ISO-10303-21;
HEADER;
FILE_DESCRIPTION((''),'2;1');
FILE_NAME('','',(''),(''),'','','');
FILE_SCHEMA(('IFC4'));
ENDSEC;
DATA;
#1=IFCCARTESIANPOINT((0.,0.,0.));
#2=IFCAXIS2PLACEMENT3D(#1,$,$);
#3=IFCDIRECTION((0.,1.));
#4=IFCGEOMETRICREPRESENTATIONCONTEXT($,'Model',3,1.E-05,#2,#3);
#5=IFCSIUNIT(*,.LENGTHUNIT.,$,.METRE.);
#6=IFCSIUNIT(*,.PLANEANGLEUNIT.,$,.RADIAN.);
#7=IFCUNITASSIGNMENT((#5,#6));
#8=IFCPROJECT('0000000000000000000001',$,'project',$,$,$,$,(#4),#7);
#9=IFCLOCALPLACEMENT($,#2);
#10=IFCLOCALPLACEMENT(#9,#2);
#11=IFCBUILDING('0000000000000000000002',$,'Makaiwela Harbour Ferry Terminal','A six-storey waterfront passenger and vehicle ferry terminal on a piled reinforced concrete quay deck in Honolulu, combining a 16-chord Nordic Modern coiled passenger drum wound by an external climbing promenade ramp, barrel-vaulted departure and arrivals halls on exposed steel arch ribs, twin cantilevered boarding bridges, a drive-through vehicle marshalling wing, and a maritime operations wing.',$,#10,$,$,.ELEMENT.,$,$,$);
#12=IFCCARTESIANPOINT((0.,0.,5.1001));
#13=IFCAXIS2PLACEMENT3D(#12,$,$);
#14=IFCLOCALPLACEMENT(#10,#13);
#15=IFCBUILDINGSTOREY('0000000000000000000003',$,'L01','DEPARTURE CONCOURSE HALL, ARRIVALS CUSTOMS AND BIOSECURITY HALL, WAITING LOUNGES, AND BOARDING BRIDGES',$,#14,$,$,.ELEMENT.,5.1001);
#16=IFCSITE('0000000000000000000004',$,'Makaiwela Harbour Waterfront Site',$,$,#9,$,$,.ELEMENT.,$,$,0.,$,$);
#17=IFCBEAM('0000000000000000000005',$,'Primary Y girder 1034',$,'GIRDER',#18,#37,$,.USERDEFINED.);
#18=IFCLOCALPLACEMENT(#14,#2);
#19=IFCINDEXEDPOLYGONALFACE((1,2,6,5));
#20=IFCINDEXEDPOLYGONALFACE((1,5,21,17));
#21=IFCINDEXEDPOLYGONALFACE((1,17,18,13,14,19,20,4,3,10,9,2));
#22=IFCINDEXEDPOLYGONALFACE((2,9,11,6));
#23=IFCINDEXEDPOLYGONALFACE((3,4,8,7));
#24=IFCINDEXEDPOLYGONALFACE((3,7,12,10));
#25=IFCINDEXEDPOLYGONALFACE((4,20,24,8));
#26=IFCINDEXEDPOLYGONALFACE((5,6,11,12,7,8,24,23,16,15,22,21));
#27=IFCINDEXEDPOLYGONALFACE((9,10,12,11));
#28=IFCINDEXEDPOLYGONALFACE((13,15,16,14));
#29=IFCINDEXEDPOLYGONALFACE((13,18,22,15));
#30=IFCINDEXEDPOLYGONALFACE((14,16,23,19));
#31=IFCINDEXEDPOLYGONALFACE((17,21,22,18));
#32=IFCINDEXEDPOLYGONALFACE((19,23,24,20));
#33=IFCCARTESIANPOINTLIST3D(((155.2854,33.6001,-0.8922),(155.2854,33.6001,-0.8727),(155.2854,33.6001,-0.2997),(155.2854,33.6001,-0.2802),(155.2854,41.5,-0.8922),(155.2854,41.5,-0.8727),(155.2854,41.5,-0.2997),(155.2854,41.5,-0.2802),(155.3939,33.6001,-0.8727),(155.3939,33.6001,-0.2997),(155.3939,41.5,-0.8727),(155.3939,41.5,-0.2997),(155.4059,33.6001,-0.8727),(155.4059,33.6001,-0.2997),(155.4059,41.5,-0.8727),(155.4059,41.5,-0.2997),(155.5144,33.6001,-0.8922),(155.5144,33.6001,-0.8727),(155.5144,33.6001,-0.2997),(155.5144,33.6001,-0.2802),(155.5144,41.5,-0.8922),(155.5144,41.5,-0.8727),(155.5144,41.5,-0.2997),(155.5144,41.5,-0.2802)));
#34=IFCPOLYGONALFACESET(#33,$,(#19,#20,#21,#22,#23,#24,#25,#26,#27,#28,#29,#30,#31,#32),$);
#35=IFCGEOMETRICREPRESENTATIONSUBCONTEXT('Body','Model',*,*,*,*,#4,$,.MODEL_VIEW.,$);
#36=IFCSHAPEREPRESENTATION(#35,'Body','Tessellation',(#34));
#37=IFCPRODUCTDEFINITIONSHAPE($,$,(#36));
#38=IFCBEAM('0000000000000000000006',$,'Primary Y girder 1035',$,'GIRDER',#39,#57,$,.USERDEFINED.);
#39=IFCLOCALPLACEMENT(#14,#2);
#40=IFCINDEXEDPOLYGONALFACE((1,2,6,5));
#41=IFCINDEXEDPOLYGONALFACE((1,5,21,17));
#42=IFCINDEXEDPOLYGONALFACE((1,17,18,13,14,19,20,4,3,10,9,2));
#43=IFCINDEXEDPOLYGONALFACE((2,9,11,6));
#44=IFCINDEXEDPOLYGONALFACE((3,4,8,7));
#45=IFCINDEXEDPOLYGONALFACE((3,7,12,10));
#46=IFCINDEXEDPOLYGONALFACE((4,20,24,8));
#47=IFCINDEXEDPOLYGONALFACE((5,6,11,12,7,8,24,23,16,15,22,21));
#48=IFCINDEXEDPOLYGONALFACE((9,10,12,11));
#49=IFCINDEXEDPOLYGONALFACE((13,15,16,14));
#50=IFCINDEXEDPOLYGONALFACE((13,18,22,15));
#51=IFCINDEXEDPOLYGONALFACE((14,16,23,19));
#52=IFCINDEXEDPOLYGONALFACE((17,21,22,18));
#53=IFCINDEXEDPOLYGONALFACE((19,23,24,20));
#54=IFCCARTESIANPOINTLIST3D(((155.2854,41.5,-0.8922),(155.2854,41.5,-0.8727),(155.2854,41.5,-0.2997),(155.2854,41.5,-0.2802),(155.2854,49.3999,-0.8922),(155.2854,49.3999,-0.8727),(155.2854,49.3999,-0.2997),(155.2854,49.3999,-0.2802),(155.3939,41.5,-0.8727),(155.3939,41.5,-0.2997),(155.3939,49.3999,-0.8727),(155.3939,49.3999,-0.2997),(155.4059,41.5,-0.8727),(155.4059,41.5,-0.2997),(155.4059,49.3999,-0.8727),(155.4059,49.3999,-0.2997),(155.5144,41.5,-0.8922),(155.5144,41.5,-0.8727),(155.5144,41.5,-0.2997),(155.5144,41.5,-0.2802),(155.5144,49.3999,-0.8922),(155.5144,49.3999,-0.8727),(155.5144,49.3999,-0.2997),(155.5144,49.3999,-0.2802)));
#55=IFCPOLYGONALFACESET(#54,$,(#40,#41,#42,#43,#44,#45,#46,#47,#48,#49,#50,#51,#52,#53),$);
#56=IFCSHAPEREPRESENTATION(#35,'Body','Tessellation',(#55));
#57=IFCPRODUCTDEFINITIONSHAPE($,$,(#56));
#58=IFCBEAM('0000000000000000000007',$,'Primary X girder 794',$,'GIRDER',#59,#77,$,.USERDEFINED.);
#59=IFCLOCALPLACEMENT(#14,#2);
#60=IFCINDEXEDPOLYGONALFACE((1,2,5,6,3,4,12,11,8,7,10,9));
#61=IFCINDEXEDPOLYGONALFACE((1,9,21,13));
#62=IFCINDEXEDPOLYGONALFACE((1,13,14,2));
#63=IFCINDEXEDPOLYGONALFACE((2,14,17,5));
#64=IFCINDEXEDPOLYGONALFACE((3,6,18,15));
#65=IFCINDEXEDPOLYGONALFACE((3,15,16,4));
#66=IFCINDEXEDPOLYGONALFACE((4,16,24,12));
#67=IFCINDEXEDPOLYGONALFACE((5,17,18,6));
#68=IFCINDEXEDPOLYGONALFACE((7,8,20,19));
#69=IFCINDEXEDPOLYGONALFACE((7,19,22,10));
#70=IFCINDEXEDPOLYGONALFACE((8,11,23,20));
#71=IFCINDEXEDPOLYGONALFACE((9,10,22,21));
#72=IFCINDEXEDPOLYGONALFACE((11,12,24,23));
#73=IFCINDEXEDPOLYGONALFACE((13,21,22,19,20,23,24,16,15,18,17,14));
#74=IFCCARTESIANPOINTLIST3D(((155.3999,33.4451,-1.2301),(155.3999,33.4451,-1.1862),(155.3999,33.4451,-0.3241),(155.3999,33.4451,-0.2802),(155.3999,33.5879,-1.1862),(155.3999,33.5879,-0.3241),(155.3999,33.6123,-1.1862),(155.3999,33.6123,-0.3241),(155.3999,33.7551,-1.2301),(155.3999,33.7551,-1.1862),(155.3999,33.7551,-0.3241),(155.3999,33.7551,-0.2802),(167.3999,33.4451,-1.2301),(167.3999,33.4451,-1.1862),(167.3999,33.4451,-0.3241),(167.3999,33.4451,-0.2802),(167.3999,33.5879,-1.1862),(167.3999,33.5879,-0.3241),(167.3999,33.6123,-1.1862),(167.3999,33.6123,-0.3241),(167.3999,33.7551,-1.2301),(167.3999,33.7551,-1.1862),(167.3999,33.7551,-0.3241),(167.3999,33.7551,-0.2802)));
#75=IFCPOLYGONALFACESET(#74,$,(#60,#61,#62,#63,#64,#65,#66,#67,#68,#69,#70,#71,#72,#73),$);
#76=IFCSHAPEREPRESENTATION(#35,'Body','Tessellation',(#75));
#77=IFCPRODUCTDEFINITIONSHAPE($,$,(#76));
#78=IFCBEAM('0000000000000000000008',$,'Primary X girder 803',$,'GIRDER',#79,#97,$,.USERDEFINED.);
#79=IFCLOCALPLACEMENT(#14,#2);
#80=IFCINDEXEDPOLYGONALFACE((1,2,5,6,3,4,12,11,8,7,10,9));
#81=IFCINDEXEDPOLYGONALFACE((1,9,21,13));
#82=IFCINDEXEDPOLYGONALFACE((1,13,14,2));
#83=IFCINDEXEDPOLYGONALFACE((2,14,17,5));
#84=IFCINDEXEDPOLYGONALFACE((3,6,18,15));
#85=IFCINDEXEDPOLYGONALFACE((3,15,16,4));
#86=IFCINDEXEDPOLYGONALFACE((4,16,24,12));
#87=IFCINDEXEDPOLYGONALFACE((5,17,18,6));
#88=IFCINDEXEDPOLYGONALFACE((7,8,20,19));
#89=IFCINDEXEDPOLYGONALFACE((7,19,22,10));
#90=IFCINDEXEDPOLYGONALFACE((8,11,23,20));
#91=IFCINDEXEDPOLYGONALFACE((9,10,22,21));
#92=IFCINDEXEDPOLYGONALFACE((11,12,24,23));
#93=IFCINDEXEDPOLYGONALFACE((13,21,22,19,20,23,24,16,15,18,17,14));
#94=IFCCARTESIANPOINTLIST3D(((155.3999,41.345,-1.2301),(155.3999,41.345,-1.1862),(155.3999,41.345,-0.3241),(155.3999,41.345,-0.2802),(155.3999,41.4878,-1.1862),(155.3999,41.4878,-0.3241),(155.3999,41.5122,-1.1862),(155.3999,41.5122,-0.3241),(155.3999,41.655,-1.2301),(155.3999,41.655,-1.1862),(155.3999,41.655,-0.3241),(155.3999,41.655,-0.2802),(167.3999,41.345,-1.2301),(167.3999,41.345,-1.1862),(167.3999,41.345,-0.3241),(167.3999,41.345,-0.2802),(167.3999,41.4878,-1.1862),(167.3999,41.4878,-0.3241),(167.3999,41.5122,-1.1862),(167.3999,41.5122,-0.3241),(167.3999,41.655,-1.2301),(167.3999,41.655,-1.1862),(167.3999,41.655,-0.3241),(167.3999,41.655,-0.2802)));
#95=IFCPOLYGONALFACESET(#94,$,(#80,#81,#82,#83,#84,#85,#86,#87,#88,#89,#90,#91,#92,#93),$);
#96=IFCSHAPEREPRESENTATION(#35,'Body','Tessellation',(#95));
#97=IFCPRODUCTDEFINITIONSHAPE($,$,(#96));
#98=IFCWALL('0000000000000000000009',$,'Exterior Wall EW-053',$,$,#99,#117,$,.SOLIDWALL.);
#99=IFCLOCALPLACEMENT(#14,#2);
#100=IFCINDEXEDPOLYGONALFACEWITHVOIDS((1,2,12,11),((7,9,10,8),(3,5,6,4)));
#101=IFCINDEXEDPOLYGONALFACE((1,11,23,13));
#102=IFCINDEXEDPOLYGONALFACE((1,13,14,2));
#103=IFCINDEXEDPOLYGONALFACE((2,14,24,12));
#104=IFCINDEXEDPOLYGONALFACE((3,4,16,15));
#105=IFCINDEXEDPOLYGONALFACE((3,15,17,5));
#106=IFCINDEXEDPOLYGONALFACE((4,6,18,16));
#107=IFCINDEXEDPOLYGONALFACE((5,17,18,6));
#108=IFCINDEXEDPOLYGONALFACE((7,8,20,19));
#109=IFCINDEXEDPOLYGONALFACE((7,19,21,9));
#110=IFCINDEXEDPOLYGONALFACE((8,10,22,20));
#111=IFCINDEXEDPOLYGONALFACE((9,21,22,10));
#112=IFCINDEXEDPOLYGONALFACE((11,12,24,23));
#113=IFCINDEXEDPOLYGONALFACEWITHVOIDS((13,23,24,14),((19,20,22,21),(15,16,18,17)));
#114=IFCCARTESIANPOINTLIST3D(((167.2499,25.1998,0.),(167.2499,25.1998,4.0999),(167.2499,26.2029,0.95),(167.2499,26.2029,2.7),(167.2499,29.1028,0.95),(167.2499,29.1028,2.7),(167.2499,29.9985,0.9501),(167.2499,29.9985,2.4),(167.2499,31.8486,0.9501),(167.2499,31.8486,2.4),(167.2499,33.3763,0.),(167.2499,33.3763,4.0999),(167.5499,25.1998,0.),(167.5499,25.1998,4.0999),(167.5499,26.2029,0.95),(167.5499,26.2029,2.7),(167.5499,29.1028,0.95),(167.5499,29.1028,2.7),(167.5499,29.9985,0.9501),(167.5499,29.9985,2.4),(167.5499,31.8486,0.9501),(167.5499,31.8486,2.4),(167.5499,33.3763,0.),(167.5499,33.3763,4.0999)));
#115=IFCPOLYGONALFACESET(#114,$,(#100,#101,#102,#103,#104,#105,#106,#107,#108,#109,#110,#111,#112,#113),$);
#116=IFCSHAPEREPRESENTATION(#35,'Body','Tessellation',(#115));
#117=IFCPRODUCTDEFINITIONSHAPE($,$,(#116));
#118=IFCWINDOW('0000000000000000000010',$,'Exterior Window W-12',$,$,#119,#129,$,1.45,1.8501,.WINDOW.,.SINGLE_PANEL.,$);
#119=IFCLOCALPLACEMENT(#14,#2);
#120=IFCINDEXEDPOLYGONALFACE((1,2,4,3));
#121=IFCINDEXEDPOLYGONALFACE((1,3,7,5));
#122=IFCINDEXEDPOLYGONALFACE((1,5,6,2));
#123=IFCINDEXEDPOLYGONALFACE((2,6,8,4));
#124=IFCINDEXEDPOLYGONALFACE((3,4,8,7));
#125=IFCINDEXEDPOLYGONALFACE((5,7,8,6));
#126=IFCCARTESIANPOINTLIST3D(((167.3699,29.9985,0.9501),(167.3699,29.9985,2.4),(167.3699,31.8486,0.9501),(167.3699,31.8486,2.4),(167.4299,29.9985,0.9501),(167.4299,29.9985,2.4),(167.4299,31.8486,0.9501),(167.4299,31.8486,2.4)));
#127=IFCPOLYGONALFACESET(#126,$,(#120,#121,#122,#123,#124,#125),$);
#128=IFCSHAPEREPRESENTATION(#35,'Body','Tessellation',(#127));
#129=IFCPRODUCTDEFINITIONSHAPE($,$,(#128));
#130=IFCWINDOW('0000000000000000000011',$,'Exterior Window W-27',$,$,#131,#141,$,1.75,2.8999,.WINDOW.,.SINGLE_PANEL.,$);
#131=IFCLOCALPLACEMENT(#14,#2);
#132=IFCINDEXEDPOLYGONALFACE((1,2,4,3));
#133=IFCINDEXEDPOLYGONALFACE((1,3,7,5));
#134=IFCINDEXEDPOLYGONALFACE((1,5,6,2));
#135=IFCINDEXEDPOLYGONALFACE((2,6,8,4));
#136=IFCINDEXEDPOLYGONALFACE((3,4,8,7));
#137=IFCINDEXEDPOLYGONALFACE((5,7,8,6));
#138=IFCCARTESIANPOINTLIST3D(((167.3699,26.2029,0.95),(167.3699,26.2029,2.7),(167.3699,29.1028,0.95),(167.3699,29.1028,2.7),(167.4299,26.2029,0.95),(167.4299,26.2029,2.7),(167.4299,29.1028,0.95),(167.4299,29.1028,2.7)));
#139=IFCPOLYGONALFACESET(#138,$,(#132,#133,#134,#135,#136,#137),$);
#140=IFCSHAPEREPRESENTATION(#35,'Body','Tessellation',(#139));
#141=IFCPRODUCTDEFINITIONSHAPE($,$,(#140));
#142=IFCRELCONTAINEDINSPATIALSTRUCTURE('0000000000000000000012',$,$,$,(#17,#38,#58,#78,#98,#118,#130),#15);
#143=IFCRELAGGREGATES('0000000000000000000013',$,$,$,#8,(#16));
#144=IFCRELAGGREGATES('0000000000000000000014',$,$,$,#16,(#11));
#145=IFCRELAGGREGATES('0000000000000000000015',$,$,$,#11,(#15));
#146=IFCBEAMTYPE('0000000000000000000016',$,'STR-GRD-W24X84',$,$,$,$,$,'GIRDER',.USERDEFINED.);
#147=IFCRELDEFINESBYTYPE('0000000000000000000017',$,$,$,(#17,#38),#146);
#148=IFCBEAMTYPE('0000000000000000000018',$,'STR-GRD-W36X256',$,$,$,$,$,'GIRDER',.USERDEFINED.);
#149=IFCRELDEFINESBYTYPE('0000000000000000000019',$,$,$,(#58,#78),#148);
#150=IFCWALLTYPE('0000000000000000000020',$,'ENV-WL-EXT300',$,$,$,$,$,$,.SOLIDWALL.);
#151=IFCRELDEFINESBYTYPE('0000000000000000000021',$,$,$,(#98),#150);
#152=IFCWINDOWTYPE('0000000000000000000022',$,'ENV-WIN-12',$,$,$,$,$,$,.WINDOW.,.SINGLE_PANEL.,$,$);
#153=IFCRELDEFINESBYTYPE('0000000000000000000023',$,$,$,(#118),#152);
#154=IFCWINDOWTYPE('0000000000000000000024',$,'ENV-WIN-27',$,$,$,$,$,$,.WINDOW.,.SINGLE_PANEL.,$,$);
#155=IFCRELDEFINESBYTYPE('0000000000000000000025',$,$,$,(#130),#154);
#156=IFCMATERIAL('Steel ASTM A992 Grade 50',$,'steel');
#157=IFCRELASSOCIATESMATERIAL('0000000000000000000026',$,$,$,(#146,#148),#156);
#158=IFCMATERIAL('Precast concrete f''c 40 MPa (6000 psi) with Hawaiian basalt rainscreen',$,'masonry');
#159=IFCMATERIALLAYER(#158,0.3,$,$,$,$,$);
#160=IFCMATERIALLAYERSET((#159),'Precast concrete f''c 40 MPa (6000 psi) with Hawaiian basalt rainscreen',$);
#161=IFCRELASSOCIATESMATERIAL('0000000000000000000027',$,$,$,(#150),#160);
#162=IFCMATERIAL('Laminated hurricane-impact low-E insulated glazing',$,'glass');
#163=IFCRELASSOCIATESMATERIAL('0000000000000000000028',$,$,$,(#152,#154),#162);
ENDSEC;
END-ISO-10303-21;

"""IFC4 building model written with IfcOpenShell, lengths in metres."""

from ifc_helpers import new_model, si_unit, direction, frame, frame_2d, origin, origin_2d, place, context, subcontext, project, spatial, rectangle, i_section, extrude, material, layer, layer_set, material_profile, profile_set, type_object, element, fill, save


model = new_model("IFC4")

# Units and contexts
model_context = context("Model", 3, precision=1e-05, world=origin(), true_north=direction((0.0, 1.0)))
body_context = subcontext(model_context, "Body", "Model", "MODEL_VIEW")
ifc_project = project(units=[si_unit("LENGTHUNIT", "METRE"), si_unit("PLANEANGLEUNIT", "RADIAN")], contexts=[model_context])

# Site, building, storey
site_placement = place(None, origin())
site = spatial("IfcSite", under=ifc_project, at=site_placement, Name="Makaiwela Harbour Waterfront Site", CompositionType="ELEMENT", RefElevation=0.0)
building_placement = place(site_placement, origin())
building = spatial("IfcBuilding", under=site, at=building_placement, Name="Makaiwela Harbour Ferry Terminal", Description="A six-storey waterfront passenger and vehicle ferry terminal on a piled reinforced concrete quay deck in Honolulu, combining a 16-chord Nordic Modern coiled passenger drum wound by an external climbing promenade ramp, barrel-vaulted departure and arrivals halls on exposed steel arch ribs, twin cantilevered boarding bridges, a drive-through vehicle marshalling wing, and a maritime operations wing.", CompositionType="ELEMENT")
storey_placement = place(building_placement, frame((0.0, 0.0, 5.1001)))
storey = spatial("IfcBuildingStorey", under=building, at=storey_placement, Name="L01", Description="DEPARTURE CONCOURSE HALL, ARRIVALS CUSTOMS AND BIOSECURITY HALL, WAITING LOUNGES, AND BOARDING BRIDGES", CompositionType="ELEMENT", Elevation=5.1001)

# Shared definitions
ifc_material_1 = material(Name="Steel ASTM A992 Grade 50", Category="steel")

# Beams
ifc_material_profile_1 = material_profile(ifc_material_1, i_section(OverallWidth=0.229, OverallDepth=0.6121, WebThickness=0.012, FlangeThickness=0.0195, at=origin_2d()), Name="W24X84")
ifc_profile_set_1 = profile_set([ifc_material_profile_1], Name="Steel ASTM A992 Grade 50")
beam_type_1 = type_object("IfcBeamType", Name="STR-GRD-W24X84", ElementType="GIRDER", PredefinedType="USERDEFINED", material=ifc_profile_set_1)
for number, where, z_axis, x_axis, name in (
    (1, (155.3999, 33.6001, -0.5862), (0.0, 1.0, 0.0), (-1.0, 0.0, 0.0), "Primary Y girder 1034"),
    (2, (155.3999, 41.5, -0.5862), (0.0, 1.0, 0.0), (-1.0, 0.0, 0.0), "Primary Y girder 1035"),
):
    element("IfcBeam", number, at=place(storey_placement, frame(where, z_axis=z_axis, x_axis=x_axis)), inside=storey, type_object=beam_type_1, Name=name, ObjectType="GIRDER", PredefinedType="USERDEFINED", context=body_context, shape_type="SweptSolid", body=[
        extrude(i_section(OverallWidth=0.229, OverallDepth=0.6121, WebThickness=0.012, FlangeThickness=0.0195, at=origin_2d()), origin(), (0.0, 0.0, 1.0), 7.8999),
    ])
ifc_material_profile_2 = material_profile(ifc_material_1, i_section(OverallWidth=0.3101, OverallDepth=0.95, WebThickness=0.0244, FlangeThickness=0.0439, at=origin_2d()), Name="W36X256")
ifc_profile_set_2 = profile_set([ifc_material_profile_2], Name="Steel ASTM A992 Grade 50")
beam_type_2 = type_object("IfcBeamType", Name="STR-GRD-W36X256", ElementType="GIRDER", PredefinedType="USERDEFINED", material=ifc_profile_set_2)
for number, where, z_axis, x_axis, name in (
    (3, (155.3999, 33.6001, -0.7551), (1.0, 0.0, 0.0), (0.0, 1.0, 0.0), "Primary X girder 794"),
    (4, (155.3999, 41.5, -0.7551), (1.0, 0.0, 0.0), (0.0, 1.0, 0.0), "Primary X girder 803"),
):
    element("IfcBeam", number, at=place(storey_placement, frame(where, z_axis=z_axis, x_axis=x_axis)), inside=storey, type_object=beam_type_2, Name=name, ObjectType="GIRDER", PredefinedType="USERDEFINED", context=body_context, shape_type="SweptSolid", body=[
        extrude(i_section(OverallWidth=0.3101, OverallDepth=0.95, WebThickness=0.0244, FlangeThickness=0.0439, at=origin_2d()), origin(), (0.0, 0.0, 1.0), 12.0),
    ])

# Wall, openings, windows
ifc_material_2 = material(Name="Precast concrete f'c 40 MPa (6000 psi) with Hawaiian basalt rainscreen", Category="masonry")
ifc_layer_1 = layer(ifc_material_2, 0.3)
ifc_layer_set_1 = layer_set([ifc_layer_1], Name="Precast concrete f'c 40 MPa (6000 psi) with Hawaiian basalt rainscreen")
wall_type_1 = type_object("IfcWallType", Name="ENV-WL-EXT300", PredefinedType="SOLIDWALL", material=ifc_layer_set_1)
wall_1_placement = place(storey_placement, frame((167.3999, 33.3765, 0.0), z_axis=(0.0, 0.0, 1.0), x_axis=(0.0, -1.0, 0.0)))
wall_1 = element("IfcWall", 5, at=wall_1_placement, inside=storey, type_object=wall_type_1, Name="Exterior Wall EW-053", PredefinedType="SOLIDWALL", context=body_context, shape_type="SweptSolid", body=[
    extrude(rectangle(XDim=8.1765, YDim=0.3, at=frame_2d((4.0884, 0.0))), origin(), (0.0, 0.0, 1.0), 4.0999),
])
opening_1_placement = place(wall_1_placement, frame((1.5278, 0.0, 0.95)))
opening_1 = element("IfcOpeningElement", 6, at=opening_1_placement, cuts=wall_1, PredefinedType="OPENING", context=body_context, shape_type="SweptSolid", body=[
    extrude(rectangle(XDim=1.8501, YDim=1.45, at=frame_2d((0.925, 0.7251))), frame((0.0, 0.1599, 0.0), z_axis=(0.0, -1.0, 0.0), x_axis=(1.0, 0.0, 0.0)), (0.0, 0.0, 1.0), 0.3201),
])
opening_2_placement = place(wall_1_placement, frame((4.2737, 0.0, 0.95)))
opening_2 = element("IfcOpeningElement", 7, at=opening_2_placement, cuts=wall_1, PredefinedType="OPENING", context=body_context, shape_type="SweptSolid", body=[
    extrude(rectangle(XDim=2.8999, YDim=1.75, at=frame_2d((1.45, 0.875))), frame((0.0, 0.1599, 0.0), z_axis=(0.0, -1.0, 0.0), x_axis=(1.0, 0.0, 0.0)), (0.0, 0.0, 1.0), 0.3201),
])
ifc_material_3 = material(Name="Laminated hurricane-impact low-E insulated glazing", Category="glass")
window_type_1 = type_object("IfcWindowType", Name="ENV-WIN-12", PartitioningType="SINGLE_PANEL", PredefinedType="WINDOW", material=ifc_material_3)
window_1_placement = place(opening_1_placement, origin())
window_1 = element("IfcWindow", 8, at=window_1_placement, inside=storey, type_object=window_type_1, Name="Exterior Window W-12", OverallHeight=1.45, OverallWidth=1.8501, PartitioningType="SINGLE_PANEL", PredefinedType="WINDOW", context=body_context, shape_type="SweptSolid", body=[
    extrude(rectangle(XDim=1.8501, YDim=1.45, at=frame_2d((0.925, 0.7251))), frame((0.0, 0.03, 0.0), z_axis=(0.0, -1.0, 0.0), x_axis=(1.0, 0.0, 0.0)), (0.0, 0.0, 1.0), 0.0601),
])
fill(opening_1, window_1)
window_type_2 = type_object("IfcWindowType", Name="ENV-WIN-27", PartitioningType="SINGLE_PANEL", PredefinedType="WINDOW", material=ifc_material_3)
window_2_placement = place(opening_2_placement, origin())
window_2 = element("IfcWindow", 9, at=window_2_placement, inside=storey, type_object=window_type_2, Name="Exterior Window W-27", OverallHeight=1.75, OverallWidth=2.8999, PartitioningType="SINGLE_PANEL", PredefinedType="WINDOW", context=body_context, shape_type="SweptSolid", body=[
    extrude(rectangle(XDim=2.8999, YDim=1.75, at=frame_2d((1.45, 0.875))), frame((0.0, 0.03, 0.0), z_axis=(0.0, -1.0, 0.0), x_axis=(1.0, 0.0, 0.0)), (0.0, 0.0, 1.0), 0.0601),
])
fill(opening_2, window_2)

save(model, "model.ifc")
